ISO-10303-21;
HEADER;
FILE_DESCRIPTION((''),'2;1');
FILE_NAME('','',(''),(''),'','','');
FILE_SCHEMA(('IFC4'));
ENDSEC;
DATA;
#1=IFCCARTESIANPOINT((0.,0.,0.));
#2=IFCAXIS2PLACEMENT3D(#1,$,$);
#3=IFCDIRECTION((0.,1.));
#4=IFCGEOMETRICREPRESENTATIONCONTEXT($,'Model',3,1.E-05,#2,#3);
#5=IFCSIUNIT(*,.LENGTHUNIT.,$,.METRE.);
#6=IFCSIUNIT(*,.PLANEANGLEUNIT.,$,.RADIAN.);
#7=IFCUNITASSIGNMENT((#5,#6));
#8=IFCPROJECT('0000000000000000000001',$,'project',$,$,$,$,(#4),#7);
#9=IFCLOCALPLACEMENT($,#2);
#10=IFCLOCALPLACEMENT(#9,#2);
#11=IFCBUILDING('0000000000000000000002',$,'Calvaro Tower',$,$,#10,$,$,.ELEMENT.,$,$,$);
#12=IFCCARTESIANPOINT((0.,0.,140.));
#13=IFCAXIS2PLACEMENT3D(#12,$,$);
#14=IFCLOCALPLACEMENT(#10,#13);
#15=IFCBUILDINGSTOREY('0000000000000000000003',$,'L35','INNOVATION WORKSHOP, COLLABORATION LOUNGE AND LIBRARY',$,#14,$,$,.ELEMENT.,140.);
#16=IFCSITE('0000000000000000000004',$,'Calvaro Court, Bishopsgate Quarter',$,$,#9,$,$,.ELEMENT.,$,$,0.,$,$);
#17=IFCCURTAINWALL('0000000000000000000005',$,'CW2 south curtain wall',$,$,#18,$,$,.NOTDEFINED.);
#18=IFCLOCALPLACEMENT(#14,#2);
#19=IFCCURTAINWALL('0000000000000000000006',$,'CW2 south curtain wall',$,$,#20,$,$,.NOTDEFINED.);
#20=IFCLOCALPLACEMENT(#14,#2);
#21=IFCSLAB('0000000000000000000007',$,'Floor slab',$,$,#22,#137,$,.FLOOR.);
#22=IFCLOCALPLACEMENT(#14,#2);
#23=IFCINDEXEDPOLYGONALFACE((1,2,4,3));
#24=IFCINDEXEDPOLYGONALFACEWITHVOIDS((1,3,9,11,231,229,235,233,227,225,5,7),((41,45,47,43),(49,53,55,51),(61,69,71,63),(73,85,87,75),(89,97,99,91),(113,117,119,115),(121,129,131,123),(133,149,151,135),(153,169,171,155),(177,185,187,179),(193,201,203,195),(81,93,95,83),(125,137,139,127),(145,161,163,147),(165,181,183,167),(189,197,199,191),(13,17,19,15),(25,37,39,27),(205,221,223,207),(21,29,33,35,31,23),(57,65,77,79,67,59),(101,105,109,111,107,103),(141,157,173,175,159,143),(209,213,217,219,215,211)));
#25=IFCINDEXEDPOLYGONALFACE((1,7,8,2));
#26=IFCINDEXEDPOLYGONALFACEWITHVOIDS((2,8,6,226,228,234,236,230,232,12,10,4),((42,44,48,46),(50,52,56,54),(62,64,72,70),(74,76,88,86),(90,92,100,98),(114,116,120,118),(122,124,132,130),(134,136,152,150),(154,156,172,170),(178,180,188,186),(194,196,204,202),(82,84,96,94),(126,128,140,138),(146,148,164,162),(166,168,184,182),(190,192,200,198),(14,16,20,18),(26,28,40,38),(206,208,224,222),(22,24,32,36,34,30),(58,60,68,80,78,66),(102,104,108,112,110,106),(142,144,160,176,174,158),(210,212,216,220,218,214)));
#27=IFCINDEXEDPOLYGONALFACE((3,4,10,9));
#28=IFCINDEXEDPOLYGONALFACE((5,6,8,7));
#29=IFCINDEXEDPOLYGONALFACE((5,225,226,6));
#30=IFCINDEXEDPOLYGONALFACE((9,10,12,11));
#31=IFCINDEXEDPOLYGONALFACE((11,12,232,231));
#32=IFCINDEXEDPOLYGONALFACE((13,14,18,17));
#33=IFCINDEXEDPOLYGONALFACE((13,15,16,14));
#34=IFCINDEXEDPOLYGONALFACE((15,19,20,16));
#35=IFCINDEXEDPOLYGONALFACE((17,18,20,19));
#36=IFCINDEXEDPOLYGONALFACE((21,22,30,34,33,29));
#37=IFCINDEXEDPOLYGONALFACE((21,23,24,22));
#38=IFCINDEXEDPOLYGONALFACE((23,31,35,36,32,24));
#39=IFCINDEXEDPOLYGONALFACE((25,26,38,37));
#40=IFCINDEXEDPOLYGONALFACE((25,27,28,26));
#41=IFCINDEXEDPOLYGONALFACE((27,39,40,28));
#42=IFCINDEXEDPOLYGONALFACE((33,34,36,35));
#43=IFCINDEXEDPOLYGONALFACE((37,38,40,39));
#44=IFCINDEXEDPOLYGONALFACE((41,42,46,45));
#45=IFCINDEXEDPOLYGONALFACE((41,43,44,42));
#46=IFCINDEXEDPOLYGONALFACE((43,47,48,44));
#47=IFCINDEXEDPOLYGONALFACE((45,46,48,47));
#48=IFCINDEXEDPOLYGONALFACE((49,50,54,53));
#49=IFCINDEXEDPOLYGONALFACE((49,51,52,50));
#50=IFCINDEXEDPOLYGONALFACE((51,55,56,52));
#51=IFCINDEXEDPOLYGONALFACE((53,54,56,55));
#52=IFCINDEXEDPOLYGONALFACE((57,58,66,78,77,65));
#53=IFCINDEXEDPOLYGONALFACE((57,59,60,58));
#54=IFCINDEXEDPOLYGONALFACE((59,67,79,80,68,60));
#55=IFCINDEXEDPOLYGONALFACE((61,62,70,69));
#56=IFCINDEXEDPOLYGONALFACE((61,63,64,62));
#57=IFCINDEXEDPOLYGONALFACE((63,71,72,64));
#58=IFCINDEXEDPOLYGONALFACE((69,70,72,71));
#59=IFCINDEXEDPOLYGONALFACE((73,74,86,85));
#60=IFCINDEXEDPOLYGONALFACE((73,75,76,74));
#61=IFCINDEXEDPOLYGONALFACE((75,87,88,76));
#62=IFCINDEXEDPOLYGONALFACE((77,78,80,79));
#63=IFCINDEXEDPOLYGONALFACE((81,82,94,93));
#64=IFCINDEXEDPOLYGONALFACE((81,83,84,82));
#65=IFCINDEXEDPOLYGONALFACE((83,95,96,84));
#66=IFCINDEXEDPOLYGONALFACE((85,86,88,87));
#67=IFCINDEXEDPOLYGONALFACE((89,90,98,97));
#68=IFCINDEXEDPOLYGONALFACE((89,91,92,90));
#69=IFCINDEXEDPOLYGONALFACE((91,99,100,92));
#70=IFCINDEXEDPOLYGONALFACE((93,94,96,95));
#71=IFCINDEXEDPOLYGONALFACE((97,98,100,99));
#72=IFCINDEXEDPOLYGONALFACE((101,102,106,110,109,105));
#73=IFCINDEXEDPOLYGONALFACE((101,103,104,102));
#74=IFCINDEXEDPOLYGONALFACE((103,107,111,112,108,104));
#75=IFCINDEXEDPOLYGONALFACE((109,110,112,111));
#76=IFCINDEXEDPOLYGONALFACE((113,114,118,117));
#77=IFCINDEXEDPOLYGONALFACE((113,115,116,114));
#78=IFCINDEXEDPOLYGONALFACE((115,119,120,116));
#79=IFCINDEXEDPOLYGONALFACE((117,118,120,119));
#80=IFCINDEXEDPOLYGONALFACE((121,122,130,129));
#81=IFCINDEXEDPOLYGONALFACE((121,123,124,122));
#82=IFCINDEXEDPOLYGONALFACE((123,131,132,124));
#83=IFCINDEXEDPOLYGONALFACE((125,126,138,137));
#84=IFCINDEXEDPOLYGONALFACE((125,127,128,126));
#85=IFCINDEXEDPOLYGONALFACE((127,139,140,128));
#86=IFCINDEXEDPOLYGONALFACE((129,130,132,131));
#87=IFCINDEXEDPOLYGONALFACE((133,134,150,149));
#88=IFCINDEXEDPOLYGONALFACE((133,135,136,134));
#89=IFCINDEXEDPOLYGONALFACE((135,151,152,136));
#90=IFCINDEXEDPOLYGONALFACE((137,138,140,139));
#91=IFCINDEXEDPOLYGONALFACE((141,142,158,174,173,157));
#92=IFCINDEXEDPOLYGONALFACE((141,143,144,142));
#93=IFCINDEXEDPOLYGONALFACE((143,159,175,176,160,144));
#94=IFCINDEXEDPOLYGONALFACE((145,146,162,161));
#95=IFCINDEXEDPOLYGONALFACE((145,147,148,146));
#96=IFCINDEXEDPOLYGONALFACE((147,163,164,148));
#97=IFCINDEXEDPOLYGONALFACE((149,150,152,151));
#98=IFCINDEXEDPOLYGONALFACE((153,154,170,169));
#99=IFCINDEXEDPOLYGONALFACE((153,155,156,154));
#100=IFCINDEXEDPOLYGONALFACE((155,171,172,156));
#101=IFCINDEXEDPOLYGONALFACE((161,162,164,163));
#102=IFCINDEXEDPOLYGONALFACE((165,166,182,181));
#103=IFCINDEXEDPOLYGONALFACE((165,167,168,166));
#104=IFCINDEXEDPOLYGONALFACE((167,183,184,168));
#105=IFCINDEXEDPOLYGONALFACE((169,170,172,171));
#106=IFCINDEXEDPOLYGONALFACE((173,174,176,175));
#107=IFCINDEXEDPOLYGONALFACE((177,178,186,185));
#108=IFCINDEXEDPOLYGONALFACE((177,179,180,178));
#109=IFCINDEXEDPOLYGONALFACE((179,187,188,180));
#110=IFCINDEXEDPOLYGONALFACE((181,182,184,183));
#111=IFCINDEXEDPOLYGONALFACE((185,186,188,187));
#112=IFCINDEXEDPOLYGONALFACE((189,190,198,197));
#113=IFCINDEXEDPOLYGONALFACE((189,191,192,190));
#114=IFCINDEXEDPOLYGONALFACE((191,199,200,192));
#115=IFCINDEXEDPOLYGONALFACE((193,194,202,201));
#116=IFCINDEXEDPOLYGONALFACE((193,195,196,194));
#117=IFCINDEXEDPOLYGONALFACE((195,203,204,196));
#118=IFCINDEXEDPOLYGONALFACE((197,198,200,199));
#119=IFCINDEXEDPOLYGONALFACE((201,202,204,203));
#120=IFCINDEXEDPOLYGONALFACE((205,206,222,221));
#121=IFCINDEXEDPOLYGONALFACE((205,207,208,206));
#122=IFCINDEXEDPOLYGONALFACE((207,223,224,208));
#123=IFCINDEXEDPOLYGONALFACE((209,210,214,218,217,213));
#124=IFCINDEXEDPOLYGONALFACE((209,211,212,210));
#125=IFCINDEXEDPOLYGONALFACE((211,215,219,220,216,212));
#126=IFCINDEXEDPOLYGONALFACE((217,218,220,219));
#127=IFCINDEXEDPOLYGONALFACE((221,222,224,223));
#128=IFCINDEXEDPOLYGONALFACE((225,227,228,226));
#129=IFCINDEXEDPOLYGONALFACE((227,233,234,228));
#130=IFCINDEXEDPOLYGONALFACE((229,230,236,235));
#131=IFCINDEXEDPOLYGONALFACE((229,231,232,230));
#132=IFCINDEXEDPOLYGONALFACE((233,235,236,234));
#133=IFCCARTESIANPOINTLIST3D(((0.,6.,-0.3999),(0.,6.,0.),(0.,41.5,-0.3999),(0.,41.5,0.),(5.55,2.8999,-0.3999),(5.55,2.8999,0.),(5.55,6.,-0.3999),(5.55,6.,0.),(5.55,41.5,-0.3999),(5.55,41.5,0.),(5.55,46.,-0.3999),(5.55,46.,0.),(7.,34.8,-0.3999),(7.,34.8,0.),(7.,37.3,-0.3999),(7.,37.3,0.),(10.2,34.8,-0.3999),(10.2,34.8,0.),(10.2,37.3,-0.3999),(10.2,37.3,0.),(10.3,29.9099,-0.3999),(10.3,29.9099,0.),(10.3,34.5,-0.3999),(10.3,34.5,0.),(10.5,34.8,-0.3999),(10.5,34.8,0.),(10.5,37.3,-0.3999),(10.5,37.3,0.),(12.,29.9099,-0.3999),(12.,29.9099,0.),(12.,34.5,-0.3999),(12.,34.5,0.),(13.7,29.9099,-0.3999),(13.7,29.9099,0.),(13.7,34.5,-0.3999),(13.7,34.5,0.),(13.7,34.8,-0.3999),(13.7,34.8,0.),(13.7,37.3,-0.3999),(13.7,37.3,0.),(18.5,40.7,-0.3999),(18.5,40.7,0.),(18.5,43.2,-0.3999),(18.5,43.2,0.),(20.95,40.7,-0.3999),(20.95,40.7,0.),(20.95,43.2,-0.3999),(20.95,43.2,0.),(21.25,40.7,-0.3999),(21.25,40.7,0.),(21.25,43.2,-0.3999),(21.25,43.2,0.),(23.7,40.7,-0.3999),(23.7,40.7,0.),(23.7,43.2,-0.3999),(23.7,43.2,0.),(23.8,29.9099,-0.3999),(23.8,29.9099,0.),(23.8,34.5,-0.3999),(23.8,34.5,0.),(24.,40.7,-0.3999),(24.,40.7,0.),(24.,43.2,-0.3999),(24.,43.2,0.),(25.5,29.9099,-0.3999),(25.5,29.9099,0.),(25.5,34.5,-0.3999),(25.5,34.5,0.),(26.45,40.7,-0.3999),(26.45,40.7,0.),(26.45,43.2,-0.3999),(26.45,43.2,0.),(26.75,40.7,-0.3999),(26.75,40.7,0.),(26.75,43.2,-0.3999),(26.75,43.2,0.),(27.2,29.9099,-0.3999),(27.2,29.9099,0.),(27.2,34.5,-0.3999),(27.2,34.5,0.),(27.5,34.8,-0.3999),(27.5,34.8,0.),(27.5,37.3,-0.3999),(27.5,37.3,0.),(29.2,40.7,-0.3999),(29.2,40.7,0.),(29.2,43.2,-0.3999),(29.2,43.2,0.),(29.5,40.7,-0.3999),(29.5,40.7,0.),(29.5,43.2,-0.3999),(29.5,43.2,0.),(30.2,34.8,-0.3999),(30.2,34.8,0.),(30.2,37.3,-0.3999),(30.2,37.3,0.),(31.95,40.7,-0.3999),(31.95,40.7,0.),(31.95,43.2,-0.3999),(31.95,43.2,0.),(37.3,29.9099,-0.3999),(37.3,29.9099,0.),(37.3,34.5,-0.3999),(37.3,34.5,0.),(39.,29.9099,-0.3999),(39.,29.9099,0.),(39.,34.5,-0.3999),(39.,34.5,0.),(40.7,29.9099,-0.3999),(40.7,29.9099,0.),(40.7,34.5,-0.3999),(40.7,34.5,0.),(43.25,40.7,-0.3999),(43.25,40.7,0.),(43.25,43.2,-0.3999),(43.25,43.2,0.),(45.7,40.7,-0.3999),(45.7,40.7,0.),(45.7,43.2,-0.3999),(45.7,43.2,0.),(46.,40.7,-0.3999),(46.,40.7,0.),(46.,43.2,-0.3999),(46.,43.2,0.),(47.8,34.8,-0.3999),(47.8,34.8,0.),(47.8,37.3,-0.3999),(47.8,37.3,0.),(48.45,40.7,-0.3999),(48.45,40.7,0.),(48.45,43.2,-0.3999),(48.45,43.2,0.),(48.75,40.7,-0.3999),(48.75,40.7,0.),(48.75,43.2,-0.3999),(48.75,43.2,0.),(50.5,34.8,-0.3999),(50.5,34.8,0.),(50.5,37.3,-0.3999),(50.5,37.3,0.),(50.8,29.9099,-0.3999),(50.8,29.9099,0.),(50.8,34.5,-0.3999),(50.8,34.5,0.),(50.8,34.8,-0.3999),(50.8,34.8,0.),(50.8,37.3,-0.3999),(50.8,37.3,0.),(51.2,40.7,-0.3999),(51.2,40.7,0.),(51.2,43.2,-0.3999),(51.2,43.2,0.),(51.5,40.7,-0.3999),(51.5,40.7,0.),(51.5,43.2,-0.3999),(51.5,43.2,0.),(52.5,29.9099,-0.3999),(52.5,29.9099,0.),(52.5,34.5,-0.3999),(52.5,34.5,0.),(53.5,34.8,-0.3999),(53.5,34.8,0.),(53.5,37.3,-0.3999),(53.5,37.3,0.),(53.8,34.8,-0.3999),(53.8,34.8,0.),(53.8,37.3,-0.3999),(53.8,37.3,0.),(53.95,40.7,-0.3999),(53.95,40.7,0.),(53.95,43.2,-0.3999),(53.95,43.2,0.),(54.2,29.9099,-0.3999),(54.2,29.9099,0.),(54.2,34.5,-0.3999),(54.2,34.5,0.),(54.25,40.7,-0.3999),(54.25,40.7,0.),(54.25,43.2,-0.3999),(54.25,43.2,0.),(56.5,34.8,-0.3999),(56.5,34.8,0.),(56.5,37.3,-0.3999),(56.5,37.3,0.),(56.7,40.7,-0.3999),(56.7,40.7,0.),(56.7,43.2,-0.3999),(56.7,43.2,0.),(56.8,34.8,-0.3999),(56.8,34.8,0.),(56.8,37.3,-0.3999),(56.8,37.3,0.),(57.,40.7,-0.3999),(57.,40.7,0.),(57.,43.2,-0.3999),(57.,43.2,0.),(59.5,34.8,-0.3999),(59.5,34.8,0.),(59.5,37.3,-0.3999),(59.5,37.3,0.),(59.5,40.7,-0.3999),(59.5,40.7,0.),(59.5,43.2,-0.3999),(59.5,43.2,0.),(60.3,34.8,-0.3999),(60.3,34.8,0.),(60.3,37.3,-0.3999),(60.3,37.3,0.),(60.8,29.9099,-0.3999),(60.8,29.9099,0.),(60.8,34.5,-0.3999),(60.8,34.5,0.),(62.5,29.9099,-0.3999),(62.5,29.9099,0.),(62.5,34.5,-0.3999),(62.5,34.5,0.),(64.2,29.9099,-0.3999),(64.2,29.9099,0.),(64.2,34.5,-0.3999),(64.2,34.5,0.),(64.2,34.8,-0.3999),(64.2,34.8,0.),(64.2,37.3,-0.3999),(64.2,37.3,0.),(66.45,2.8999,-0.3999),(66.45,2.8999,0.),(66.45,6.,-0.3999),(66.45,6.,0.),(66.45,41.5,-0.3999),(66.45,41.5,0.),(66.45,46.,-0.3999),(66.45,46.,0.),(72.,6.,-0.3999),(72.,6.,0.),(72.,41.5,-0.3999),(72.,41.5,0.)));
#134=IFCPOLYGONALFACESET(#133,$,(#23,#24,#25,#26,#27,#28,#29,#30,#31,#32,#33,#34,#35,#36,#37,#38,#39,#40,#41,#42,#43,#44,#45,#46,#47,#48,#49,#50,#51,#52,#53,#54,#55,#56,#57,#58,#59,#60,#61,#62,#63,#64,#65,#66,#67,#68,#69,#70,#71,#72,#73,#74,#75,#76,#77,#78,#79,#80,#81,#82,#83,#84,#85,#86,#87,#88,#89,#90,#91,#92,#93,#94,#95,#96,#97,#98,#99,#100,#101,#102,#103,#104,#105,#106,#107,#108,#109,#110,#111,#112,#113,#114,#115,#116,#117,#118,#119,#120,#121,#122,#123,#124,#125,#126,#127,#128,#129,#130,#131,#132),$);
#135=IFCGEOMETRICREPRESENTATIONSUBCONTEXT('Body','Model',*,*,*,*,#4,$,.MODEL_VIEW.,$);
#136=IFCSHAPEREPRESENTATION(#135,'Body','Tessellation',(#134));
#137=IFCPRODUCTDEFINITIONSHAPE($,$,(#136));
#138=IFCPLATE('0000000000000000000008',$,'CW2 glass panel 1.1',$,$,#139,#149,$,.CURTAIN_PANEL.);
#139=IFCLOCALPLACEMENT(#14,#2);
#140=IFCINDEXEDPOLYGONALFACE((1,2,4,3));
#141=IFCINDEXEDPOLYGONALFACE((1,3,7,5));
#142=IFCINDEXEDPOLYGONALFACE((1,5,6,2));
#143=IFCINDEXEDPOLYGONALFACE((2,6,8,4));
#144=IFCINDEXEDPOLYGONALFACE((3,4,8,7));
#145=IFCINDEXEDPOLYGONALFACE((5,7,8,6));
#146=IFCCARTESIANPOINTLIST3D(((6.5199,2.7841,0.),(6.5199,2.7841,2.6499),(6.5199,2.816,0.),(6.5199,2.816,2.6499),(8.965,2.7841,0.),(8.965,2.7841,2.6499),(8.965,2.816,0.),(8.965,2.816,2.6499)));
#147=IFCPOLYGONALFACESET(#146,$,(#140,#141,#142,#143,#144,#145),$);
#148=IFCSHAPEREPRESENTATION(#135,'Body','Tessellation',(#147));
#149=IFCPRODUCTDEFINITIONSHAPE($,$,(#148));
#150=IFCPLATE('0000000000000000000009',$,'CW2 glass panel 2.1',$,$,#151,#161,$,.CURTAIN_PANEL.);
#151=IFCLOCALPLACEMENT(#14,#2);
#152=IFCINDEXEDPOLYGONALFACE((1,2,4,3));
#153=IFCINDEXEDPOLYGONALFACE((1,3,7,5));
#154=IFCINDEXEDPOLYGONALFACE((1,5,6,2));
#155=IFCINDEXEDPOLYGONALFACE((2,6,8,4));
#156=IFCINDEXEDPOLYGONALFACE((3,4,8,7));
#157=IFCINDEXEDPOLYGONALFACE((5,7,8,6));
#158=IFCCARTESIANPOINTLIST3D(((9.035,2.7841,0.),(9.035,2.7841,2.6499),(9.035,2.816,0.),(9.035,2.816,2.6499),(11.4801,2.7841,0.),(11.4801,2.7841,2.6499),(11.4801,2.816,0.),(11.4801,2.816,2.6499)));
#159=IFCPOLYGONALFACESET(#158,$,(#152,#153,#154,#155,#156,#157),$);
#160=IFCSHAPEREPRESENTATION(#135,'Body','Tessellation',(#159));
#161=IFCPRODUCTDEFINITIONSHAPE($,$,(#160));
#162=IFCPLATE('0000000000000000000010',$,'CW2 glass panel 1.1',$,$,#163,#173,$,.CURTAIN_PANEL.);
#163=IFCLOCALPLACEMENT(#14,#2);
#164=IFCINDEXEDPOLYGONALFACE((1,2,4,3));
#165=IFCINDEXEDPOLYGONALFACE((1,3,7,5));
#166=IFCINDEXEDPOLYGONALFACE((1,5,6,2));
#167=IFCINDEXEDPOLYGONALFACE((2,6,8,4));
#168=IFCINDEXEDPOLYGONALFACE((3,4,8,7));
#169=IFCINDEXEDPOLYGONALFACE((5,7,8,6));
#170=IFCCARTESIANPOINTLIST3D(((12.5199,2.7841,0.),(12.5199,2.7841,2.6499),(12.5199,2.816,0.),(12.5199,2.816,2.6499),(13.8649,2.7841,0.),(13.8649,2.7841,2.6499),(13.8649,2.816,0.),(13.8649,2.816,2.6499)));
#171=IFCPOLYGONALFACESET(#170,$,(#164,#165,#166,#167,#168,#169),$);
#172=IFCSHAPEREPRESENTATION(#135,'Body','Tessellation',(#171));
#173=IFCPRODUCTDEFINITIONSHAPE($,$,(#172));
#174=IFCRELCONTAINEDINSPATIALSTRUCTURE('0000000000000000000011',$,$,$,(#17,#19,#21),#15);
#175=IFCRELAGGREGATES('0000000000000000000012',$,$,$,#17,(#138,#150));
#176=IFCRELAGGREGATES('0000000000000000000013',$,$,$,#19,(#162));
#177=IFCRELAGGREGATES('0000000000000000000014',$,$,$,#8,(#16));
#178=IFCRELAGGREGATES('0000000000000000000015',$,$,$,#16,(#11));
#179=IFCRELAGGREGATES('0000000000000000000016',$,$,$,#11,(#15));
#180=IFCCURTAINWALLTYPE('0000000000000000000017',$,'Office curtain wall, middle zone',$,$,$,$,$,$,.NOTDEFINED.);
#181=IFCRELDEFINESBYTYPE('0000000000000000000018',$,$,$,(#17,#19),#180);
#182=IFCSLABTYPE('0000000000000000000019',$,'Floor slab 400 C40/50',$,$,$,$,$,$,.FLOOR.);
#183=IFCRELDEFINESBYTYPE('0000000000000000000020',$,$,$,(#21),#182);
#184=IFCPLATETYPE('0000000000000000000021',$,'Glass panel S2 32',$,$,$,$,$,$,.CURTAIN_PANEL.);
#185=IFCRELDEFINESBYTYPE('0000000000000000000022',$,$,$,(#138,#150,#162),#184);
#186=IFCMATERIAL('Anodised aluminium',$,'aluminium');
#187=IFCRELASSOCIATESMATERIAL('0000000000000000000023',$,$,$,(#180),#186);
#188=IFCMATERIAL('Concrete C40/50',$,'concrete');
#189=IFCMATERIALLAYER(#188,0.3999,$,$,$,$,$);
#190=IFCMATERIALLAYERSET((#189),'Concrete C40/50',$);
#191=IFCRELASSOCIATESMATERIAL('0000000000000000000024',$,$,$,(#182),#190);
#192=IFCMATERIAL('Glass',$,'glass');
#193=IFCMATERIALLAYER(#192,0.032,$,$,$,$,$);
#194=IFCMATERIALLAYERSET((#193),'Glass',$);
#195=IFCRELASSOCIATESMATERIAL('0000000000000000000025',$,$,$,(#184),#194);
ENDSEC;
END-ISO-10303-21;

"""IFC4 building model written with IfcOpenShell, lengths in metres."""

from ifc_helpers import new_model, si_unit, direction, frame, origin, origin_2d, place, context, subcontext, project, spatial, polyline, rectangle, outline, extrude, material, layer, layer_set, type_object, element, aggregate, save


model = new_model("IFC4")

# Units and contexts
model_context = context("Model", 3, precision=1e-05, world=origin(), true_north=direction((0.0, 1.0)))
body_context = subcontext(model_context, "Body", "Model", "MODEL_VIEW")
ifc_project = project(units=[si_unit("LENGTHUNIT", "METRE"), si_unit("PLANEANGLEUNIT", "RADIAN")], contexts=[model_context])

# Site, building, storey
site_placement = place(None, origin())
site = spatial("IfcSite", under=ifc_project, at=site_placement, Name="Calvaro Court, Bishopsgate Quarter", CompositionType="ELEMENT", RefElevation=0.0)
building_placement = place(site_placement, origin())
building = spatial("IfcBuilding", under=site, at=building_placement, Name="Calvaro Tower", CompositionType="ELEMENT")
storey_placement = place(building_placement, frame((0.0, 0.0, 140.0)))
storey = spatial("IfcBuildingStorey", under=building, at=storey_placement, Name="L35", Description="INNOVATION WORKSHOP, COLLABORATION LOUNGE AND LIBRARY", CompositionType="ELEMENT", Elevation=140.0)

# Curtain walls
ifc_material_1 = material(Name="Anodised aluminium", Category="aluminium")
curtain_wall_type = type_object("IfcCurtainWallType", Name="Office curtain wall, middle zone", PredefinedType="NOTDEFINED", material=ifc_material_1)
curtain_wall_1_placement = place(storey_placement, origin())
curtain_wall_1 = element("IfcCurtainWall", 1, at=curtain_wall_1_placement, inside=storey, type_object=curtain_wall_type, Name="CW2 south curtain wall", PredefinedType="NOTDEFINED")
curtain_wall_2_placement = place(storey_placement, origin())
curtain_wall_2 = element("IfcCurtainWall", 2, at=curtain_wall_2_placement, inside=storey, type_object=curtain_wall_type, Name="CW2 south curtain wall", PredefinedType="NOTDEFINED")

# Slab
ifc_material_2 = material(Name="Concrete C40/50", Category="concrete")
ifc_layer_1 = layer(ifc_material_2, 0.3999)
ifc_layer_set_1 = layer_set([ifc_layer_1], Name="Concrete C40/50")
slab_type_1 = type_object("IfcSlabType", Name="Floor slab 400 C40/50", PredefinedType="FLOOR", material=ifc_layer_set_1)
slab_1_placement = place(storey_placement, frame((0.0, 0.0, -0.3999)))
element("IfcSlab", 3, at=slab_1_placement, inside=storey, type_object=slab_type_1, Name="Floor slab", PredefinedType="FLOOR", context=body_context, shape_type="SweptSolid", body=[
    extrude(outline(polyline([(66.45, 6.0), (66.45, 2.8999), (5.55, 2.8999), (5.55, 6.0), (0.0, 6.0), (0.0, 41.5), (5.55, 41.5), (5.55, 46.0), (66.45, 46.0), (66.45, 41.5), (72.0, 41.5), (72.0, 6.0), (66.45, 6.0)]), holes=[polyline([(10.3, 29.9099), (10.3, 34.5), (12.0, 34.5), (13.7, 34.5), (13.7, 29.9099), (12.0, 29.9099), (10.3, 29.9099)]), polyline([(23.8, 29.9099), (23.8, 34.5), (25.5, 34.5), (27.2, 34.5), (27.2, 29.9099), (25.5, 29.9099), (23.8, 29.9099)]), polyline([(37.3, 29.9099), (37.3, 34.5), (39.0, 34.5), (40.7, 34.5), (40.7, 29.9099), (39.0, 29.9099), (37.3, 29.9099)]), polyline([(50.8, 29.9099), (50.8, 34.5), (52.5, 34.5), (54.2, 34.5), (54.2, 29.9099), (52.5, 29.9099), (50.8, 29.9099)]), polyline([(60.8, 29.9099), (60.8, 34.5), (62.5, 34.5), (64.2, 34.5), (64.2, 29.9099), (62.5, 29.9099), (60.8, 29.9099)]), polyline([(50.8, 34.8), (53.5, 34.8), (53.5, 37.3), (50.8, 37.3), (50.8, 34.8)]), polyline([(53.8, 34.8), (56.5, 34.8), (56.5, 37.3), (53.8, 37.3), (53.8, 34.8)]), polyline([(56.8, 34.8), (59.5, 34.8), (59.5, 37.3), (56.8, 37.3), (56.8, 34.8)]), polyline([(18.5, 40.7), (20.95, 40.7), (20.95, 43.2), (18.5, 43.2), (18.5, 40.7)]), polyline([(21.25, 40.7), (23.7, 40.7), (23.7, 43.2), (21.25, 43.2), (21.25, 40.7)]), polyline([(24.0, 40.7), (26.45, 40.7), (26.45, 43.2), (24.0, 43.2), (24.0, 40.7)]), polyline([(26.75, 40.7), (29.2, 40.7), (29.2, 43.2), (26.75, 43.2), (26.75, 40.7)]), polyline([(29.5, 40.7), (31.95, 40.7), (31.95, 43.2), (29.5, 43.2), (29.5, 40.7)]), polyline([(43.25, 40.7), (45.7, 40.7), (45.7, 43.2), (43.25, 43.2), (43.25, 40.7)]), polyline([(46.0, 40.7), (48.45, 40.7), (48.45, 43.2), (46.0, 43.2), (46.0, 40.7)]), polyline([(48.75, 40.7), (51.2, 40.7), (51.2, 43.2), (48.75, 43.2), (48.75, 40.7)]), polyline([(51.5, 40.7), (53.95, 40.7), (53.95, 43.2), (51.5, 43.2), (51.5, 40.7)]), polyline([(54.25, 40.7), (56.7, 40.7), (56.7, 43.2), (54.25, 43.2), (54.25, 40.7)]), polyline([(57.0, 40.7), (59.5, 40.7), (59.5, 43.2), (57.0, 43.2), (57.0, 40.7)]), polyline([(7.0, 34.8), (10.2, 34.8), (10.2, 37.3), (7.0, 37.3), (7.0, 34.8)]), polyline([(10.5, 34.8), (13.7, 34.8), (13.7, 37.3), (10.5, 37.3), (10.5, 34.8)]), polyline([(60.3, 34.8), (64.2, 34.8), (64.2, 37.3), (60.3, 37.3), (60.3, 34.8)]), polyline([(27.5, 34.8), (30.2, 34.8), (30.2, 37.3), (27.5, 37.3), (27.5, 34.8)]), polyline([(47.8, 34.8), (50.5, 34.8), (50.5, 37.3), (47.8, 37.3), (47.8, 34.8)])]), origin(), (0.0, 0.0, 1.0), 0.3999),
])

# Plates
ifc_material_3 = material(Name="Glass", Category="glass")
ifc_layer_2 = layer(ifc_material_3, 0.032)
ifc_layer_set_2 = layer_set([ifc_layer_2], Name="Glass")
plate_type = type_object("IfcPlateType", Name="Glass panel S2 32", PredefinedType="CURTAIN_PANEL", material=ifc_layer_set_2)
plate_1_placement = place(storey_placement, frame((7.7424, 2.8, 0.0), z_axis=(0.0, 0.0, 1.0), x_axis=(1.0, 0.0, 0.0)))
plate_1 = element("IfcPlate", 4, at=plate_1_placement, type_object=plate_type, Name="CW2 glass panel 1.1", PredefinedType="CURTAIN_PANEL", context=body_context, shape_type="SweptSolid", body=[
    extrude(rectangle(XDim=2.4451, YDim=0.032, at=origin_2d()), origin(), (0.0, 0.0, 1.0), 2.6499),
])
plate_2_placement = place(storey_placement, frame((10.2576, 2.8, 0.0), z_axis=(0.0, 0.0, 1.0), x_axis=(1.0, 0.0, 0.0)))
plate_2 = element("IfcPlate", 5, at=plate_2_placement, type_object=plate_type, Name="CW2 glass panel 2.1", PredefinedType="CURTAIN_PANEL", context=body_context, shape_type="SweptSolid", body=[
    extrude(rectangle(XDim=2.4451, YDim=0.032, at=origin_2d()), origin(), (0.0, 0.0, 1.0), 2.6499),
])
aggregate(curtain_wall_1, [plate_1, plate_2])
plate_3_placement = place(storey_placement, frame((13.1924, 2.8, 0.0), z_axis=(0.0, 0.0, 1.0), x_axis=(1.0, 0.0, 0.0)))
plate_3 = element("IfcPlate", 6, at=plate_3_placement, type_object=plate_type, Name="CW2 glass panel 1.1", PredefinedType="CURTAIN_PANEL", context=body_context, shape_type="SweptSolid", body=[
    extrude(rectangle(XDim=1.345, YDim=0.032, at=origin_2d()), origin(), (0.0, 0.0, 1.0), 2.6499),
])
aggregate(curtain_wall_2, [plate_3])

save(model, "model.ifc")
